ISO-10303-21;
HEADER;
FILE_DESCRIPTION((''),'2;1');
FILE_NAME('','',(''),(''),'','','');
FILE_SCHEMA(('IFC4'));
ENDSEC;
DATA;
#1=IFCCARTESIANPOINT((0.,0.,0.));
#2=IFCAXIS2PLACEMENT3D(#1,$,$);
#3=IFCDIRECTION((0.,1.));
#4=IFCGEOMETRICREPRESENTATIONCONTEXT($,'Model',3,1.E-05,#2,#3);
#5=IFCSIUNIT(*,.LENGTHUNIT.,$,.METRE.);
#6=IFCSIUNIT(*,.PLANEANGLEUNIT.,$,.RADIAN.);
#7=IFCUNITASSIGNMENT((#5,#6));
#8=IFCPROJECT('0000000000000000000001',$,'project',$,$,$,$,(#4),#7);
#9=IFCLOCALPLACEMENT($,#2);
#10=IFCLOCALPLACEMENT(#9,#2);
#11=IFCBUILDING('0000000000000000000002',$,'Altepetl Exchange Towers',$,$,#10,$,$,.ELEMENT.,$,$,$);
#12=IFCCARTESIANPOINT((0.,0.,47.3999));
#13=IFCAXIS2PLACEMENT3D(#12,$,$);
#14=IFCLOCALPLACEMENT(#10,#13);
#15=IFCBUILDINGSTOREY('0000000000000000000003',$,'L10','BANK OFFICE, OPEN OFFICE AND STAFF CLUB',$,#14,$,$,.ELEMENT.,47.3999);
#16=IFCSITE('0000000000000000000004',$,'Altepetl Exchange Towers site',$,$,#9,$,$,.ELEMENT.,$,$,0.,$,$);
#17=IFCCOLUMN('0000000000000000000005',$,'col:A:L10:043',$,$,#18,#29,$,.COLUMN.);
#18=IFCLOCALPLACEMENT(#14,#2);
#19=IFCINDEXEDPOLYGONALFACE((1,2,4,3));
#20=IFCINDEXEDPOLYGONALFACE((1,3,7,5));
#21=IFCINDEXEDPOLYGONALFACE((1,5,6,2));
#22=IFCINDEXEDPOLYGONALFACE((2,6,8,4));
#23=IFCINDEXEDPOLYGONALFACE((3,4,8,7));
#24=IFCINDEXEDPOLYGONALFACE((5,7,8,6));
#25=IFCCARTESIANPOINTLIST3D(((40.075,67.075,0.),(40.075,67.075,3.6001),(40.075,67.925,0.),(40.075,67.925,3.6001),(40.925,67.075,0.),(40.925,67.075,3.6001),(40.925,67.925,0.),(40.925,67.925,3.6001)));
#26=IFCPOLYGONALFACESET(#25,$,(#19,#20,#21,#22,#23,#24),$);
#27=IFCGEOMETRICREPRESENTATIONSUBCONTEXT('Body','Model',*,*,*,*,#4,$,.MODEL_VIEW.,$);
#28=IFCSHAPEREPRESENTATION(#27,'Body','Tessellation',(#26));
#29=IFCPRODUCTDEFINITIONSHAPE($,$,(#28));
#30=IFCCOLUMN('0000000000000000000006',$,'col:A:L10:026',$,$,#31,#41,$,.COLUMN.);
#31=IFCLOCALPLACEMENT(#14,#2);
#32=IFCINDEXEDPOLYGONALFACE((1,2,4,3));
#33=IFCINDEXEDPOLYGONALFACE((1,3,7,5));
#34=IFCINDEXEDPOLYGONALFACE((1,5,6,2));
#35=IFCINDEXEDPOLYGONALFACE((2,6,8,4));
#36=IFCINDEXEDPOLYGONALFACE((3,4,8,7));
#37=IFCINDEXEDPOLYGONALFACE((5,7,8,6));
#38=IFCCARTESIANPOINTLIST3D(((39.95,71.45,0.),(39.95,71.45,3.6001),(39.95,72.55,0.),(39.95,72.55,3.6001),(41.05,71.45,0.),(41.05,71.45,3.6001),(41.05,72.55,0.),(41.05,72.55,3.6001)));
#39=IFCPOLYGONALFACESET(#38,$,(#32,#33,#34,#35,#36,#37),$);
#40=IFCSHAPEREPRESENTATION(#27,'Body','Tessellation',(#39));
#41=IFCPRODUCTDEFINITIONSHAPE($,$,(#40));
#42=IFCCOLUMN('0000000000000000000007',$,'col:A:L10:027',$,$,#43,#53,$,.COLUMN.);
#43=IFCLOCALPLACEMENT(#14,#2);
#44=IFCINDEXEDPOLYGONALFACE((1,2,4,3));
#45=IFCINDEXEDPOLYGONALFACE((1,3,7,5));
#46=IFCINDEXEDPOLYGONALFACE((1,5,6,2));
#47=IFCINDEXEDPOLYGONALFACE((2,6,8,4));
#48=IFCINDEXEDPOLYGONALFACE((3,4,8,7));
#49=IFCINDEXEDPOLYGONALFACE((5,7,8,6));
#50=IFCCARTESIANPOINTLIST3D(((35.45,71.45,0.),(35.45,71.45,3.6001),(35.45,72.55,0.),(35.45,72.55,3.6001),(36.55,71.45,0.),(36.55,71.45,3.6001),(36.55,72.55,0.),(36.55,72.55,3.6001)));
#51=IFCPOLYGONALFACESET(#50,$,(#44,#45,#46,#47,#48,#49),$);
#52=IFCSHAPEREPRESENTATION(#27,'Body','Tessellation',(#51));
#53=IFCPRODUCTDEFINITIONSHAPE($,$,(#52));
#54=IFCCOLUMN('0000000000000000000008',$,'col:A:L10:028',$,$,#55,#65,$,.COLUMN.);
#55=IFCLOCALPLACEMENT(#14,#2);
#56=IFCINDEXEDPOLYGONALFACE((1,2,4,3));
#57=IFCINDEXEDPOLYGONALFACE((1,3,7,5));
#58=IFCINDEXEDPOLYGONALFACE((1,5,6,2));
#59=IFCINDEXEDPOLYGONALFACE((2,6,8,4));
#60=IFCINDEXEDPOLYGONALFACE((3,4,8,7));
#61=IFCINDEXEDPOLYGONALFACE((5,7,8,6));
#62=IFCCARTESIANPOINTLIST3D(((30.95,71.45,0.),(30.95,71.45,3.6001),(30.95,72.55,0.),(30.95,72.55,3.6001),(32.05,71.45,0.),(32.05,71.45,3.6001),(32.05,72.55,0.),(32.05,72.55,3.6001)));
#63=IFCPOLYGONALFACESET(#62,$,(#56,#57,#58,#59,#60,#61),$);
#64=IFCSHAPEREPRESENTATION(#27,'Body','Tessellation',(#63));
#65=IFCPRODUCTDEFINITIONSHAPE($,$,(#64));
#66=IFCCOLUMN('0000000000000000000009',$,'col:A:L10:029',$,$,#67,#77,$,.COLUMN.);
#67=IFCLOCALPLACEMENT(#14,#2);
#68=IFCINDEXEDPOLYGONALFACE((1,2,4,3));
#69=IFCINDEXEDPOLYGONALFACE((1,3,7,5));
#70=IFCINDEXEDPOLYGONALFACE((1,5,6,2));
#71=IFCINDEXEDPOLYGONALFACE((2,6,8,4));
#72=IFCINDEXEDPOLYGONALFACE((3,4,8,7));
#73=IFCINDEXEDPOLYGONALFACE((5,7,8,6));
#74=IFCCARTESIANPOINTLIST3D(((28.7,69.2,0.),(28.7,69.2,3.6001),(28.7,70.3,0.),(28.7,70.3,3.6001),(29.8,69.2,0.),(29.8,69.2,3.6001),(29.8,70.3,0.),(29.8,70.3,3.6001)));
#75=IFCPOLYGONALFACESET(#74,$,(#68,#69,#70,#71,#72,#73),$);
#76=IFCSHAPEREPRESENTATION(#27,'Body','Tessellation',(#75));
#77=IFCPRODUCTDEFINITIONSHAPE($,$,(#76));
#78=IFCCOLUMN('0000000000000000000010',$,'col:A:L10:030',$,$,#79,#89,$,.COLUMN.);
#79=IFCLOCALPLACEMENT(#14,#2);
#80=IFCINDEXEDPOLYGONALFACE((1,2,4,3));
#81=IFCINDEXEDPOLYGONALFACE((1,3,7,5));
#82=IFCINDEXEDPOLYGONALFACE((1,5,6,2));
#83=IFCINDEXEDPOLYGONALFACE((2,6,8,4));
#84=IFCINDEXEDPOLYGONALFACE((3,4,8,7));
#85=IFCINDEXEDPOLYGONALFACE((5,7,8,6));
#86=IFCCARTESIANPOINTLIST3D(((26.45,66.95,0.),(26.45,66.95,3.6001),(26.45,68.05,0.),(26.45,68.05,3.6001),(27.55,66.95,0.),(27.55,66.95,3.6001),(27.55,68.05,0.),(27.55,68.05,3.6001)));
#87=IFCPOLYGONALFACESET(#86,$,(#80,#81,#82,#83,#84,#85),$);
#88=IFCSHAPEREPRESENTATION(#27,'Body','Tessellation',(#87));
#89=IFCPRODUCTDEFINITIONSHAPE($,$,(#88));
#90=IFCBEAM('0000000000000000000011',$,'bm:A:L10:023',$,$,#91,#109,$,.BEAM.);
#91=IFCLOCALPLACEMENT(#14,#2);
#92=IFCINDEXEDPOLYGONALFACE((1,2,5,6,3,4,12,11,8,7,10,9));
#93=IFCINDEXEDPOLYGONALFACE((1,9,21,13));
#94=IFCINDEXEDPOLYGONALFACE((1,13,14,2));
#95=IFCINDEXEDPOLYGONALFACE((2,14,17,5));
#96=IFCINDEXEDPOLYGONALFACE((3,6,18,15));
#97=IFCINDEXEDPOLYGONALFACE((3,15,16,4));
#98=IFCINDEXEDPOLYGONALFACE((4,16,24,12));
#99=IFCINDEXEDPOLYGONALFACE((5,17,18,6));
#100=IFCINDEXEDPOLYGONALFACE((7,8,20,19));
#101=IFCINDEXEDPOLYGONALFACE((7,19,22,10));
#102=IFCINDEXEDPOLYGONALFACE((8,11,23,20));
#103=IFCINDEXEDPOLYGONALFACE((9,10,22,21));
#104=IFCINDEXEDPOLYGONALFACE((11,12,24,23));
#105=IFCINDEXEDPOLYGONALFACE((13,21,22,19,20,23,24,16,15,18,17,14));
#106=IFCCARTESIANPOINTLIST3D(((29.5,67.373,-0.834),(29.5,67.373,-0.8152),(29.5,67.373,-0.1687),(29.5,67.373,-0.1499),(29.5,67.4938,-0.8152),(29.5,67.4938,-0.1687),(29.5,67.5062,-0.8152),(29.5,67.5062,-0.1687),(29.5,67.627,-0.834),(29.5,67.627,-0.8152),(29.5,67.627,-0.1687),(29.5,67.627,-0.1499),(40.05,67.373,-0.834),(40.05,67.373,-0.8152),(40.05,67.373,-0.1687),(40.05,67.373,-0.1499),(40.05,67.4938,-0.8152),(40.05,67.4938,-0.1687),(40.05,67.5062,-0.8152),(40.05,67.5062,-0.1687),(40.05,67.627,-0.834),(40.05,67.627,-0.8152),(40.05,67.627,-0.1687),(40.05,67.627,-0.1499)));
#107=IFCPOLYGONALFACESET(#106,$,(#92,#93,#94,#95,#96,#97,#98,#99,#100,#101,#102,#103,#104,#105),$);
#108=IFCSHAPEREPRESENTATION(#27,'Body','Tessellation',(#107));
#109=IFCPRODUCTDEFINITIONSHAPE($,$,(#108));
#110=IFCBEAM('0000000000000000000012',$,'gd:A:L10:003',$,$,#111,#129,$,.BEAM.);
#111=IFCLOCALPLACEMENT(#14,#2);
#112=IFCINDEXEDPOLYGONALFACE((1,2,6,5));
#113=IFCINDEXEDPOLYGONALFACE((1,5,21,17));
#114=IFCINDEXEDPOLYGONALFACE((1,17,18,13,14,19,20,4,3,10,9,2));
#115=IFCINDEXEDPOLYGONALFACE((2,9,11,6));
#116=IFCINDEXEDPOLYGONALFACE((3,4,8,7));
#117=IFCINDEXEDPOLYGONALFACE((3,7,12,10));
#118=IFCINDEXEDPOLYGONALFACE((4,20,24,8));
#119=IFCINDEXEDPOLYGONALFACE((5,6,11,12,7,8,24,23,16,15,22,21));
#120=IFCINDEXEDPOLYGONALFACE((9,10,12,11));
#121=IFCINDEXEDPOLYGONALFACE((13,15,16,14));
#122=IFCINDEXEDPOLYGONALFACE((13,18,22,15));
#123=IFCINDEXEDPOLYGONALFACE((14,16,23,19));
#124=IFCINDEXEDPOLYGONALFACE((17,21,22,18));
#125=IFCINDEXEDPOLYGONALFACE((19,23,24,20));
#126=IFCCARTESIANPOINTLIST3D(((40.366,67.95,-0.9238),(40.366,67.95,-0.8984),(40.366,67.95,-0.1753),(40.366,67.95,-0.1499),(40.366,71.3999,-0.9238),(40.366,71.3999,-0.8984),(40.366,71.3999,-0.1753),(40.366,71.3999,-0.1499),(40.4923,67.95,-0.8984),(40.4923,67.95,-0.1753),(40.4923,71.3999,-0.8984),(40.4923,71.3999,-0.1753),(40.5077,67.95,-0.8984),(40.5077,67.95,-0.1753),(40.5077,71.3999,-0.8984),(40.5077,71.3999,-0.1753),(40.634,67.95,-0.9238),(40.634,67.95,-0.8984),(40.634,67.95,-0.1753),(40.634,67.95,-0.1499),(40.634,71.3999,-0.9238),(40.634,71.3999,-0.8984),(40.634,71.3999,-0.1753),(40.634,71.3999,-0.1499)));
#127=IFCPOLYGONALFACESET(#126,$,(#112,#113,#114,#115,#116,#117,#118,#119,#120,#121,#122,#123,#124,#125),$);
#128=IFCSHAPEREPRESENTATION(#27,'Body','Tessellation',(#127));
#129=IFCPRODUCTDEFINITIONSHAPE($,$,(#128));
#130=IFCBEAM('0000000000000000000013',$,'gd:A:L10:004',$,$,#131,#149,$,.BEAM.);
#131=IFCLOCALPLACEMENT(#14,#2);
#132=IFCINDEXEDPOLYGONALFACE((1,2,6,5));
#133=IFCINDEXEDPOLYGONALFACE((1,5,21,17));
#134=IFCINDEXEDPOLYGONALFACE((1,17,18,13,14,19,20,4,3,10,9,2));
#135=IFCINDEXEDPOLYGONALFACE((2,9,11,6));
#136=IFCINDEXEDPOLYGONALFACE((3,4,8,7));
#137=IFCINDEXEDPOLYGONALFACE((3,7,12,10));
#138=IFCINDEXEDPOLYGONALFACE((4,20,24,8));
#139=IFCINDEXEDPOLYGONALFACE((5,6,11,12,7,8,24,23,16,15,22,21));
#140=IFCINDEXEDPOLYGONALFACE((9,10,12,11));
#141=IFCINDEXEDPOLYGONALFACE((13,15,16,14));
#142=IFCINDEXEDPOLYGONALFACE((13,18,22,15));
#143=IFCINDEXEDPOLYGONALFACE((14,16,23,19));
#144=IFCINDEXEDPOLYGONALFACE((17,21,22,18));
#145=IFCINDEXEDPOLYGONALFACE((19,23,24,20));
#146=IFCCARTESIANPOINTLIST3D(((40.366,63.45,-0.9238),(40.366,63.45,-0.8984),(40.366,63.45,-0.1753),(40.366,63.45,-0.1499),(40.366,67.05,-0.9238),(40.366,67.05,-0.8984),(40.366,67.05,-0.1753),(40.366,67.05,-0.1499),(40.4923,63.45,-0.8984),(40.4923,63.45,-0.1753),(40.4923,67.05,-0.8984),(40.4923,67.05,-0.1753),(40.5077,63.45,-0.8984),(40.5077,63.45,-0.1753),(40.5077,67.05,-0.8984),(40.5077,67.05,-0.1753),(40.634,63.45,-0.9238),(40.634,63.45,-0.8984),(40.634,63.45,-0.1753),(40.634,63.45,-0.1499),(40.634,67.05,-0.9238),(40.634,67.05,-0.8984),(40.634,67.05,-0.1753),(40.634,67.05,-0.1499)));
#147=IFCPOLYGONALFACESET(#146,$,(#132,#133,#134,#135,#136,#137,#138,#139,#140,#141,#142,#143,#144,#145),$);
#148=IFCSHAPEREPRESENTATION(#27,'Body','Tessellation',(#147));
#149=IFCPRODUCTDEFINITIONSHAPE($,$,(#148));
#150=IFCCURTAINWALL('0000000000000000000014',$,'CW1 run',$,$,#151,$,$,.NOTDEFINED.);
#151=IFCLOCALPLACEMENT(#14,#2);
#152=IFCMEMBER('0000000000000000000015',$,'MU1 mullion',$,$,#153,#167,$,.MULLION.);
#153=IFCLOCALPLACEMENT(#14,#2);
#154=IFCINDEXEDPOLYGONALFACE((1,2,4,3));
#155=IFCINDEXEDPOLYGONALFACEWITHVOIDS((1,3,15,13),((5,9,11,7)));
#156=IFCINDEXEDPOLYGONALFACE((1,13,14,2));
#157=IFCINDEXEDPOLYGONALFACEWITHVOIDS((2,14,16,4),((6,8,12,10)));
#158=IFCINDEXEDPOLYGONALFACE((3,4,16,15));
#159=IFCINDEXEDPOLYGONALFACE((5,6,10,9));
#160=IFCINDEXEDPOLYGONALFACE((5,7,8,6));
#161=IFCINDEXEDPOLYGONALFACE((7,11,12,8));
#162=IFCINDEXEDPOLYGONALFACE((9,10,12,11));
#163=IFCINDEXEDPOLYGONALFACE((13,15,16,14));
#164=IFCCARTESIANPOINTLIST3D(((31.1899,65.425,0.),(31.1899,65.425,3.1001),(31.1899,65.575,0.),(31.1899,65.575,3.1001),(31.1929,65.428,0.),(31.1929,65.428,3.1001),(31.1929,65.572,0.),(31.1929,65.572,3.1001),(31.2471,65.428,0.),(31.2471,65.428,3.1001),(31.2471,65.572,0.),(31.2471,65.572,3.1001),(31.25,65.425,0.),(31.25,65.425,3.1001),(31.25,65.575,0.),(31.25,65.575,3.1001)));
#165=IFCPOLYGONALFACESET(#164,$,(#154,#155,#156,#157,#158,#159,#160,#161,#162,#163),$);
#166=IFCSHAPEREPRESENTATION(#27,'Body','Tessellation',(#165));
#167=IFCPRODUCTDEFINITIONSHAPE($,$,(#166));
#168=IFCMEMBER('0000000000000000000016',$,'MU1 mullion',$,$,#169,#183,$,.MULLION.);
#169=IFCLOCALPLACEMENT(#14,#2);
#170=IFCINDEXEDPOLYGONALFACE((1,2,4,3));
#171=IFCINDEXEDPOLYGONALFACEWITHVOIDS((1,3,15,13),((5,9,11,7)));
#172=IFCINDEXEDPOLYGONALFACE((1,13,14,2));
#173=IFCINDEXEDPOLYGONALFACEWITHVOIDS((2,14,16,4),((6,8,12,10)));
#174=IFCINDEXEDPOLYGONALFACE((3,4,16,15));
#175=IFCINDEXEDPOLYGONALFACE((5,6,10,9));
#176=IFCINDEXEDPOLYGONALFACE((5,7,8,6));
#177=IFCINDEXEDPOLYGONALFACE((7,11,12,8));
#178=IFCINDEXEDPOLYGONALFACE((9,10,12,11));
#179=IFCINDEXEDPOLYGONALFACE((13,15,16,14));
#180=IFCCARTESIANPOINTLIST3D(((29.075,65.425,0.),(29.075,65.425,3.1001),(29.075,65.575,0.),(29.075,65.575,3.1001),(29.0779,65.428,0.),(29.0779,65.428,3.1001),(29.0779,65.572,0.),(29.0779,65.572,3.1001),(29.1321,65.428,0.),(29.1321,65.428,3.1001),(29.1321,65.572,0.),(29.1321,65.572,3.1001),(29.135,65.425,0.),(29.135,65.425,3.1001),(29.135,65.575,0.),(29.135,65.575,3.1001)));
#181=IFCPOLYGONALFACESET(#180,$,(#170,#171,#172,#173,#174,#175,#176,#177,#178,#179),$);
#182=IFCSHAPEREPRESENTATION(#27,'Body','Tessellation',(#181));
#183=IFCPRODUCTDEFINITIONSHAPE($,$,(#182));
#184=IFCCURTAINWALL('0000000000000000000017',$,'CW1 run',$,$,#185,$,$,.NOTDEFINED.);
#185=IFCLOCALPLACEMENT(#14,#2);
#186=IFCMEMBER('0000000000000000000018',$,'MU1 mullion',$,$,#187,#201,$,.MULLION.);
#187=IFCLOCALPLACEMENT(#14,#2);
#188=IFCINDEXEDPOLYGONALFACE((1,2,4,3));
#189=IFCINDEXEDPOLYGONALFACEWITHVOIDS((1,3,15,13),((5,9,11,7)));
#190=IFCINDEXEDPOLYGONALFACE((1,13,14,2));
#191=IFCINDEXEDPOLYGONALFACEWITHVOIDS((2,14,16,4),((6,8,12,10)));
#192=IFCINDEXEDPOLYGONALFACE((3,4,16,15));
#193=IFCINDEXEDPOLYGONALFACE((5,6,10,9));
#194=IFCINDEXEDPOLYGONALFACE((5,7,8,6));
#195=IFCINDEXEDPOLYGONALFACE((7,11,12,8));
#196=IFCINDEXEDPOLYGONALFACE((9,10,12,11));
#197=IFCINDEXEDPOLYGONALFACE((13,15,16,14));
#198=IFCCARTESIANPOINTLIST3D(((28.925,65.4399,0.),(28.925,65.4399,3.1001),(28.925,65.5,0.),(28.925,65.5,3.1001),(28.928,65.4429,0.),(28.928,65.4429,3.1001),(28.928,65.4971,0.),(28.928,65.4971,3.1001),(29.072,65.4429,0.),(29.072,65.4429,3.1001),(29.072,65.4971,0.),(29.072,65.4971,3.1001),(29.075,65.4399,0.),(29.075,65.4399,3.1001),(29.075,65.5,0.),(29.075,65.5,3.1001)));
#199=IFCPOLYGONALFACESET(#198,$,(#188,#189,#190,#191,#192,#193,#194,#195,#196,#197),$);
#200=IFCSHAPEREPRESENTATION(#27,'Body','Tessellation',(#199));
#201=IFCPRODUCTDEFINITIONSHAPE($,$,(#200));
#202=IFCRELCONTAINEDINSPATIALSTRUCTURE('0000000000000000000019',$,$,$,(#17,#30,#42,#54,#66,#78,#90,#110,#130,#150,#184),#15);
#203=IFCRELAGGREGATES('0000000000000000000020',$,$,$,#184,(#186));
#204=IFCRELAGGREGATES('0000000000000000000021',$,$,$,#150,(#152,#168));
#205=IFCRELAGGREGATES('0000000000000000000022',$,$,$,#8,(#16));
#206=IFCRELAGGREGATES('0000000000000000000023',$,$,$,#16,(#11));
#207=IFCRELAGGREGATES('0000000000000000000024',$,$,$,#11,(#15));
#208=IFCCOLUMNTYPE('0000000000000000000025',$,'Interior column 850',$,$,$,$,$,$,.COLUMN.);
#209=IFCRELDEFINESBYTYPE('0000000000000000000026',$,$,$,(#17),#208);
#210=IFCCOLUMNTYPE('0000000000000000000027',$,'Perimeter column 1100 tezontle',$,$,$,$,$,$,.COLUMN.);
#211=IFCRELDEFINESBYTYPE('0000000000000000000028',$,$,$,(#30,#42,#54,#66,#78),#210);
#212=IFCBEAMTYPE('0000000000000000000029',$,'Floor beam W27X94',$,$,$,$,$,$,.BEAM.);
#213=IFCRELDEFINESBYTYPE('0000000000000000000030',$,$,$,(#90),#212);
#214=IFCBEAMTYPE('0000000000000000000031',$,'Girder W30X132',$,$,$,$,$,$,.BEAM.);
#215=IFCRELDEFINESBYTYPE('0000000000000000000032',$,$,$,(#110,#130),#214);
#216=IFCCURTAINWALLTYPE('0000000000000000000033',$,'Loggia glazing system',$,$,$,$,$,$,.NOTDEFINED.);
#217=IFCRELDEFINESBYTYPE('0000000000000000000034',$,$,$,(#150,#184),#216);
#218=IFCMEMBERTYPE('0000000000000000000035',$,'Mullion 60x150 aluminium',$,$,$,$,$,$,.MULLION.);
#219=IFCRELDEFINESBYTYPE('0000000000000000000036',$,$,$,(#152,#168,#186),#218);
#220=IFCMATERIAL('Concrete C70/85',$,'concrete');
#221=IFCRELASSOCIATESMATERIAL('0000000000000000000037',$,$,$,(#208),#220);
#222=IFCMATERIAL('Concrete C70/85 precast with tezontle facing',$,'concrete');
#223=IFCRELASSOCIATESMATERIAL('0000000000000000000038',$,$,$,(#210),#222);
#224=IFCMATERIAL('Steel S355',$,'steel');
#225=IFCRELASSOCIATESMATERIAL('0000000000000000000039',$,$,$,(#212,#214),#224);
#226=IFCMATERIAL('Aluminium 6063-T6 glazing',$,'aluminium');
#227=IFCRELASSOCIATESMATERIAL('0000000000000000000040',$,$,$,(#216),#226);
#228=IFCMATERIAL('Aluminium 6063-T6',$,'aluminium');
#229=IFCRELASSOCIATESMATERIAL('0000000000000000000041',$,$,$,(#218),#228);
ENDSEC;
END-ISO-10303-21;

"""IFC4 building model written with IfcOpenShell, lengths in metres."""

from ifc_helpers import new_model, si_unit, direction, frame, origin, origin_2d, place, context, subcontext, project, spatial, rectangle, hollow_rectangle, i_section, extrude, material, material_profile, profile_set, type_object, element, aggregate, save


model = new_model("IFC4")

# Units and contexts
model_context = context("Model", 3, precision=1e-05, world=origin(), true_north=direction((0.0, 1.0)))
body_context = subcontext(model_context, "Body", "Model", "MODEL_VIEW")
ifc_project = project(units=[si_unit("LENGTHUNIT", "METRE"), si_unit("PLANEANGLEUNIT", "RADIAN")], contexts=[model_context])

# Site, building, storey
site_placement = place(None, origin())
site = spatial("IfcSite", under=ifc_project, at=site_placement, Name="Altepetl Exchange Towers site", CompositionType="ELEMENT", RefElevation=0.0)
building_placement = place(site_placement, origin())
building = spatial("IfcBuilding", under=site, at=building_placement, Name="Altepetl Exchange Towers", CompositionType="ELEMENT")
storey_placement = place(building_placement, frame((0.0, 0.0, 47.3999)))
storey = spatial("IfcBuildingStorey", under=building, at=storey_placement, Name="L10", Description="BANK OFFICE, OPEN OFFICE AND STAFF CLUB", CompositionType="ELEMENT", Elevation=47.3999)

# Columns
ifc_material_1 = material(Name="Concrete C70/85", Category="concrete")
ifc_material_profile_1 = material_profile(ifc_material_1, rectangle(XDim=0.8501, YDim=0.8501, at=origin_2d()), Name="850 x 850")
ifc_profile_set_1 = profile_set([ifc_material_profile_1], Name="Concrete C70/85")
column_type_1 = type_object("IfcColumnType", Name="Interior column 850", PredefinedType="COLUMN", material=ifc_profile_set_1)
column_placement = place(storey_placement, frame((40.5, 67.5, 0.0)))
element("IfcColumn", 1, at=column_placement, inside=storey, type_object=column_type_1, Name="col:A:L10:043", PredefinedType="COLUMN", context=body_context, shape_type="SweptSolid", body=[
    extrude(rectangle(XDim=0.8501, YDim=0.8501, at=origin_2d()), origin(), (0.0, 0.0, 1.0), 3.6001),
])
ifc_material_2 = material(Name="Concrete C70/85 precast with tezontle facing", Category="concrete")
ifc_material_profile_2 = material_profile(ifc_material_2, rectangle(XDim=1.1001, YDim=1.1001, at=origin_2d()), Name="1100 x 1100")
ifc_profile_set_2 = profile_set([ifc_material_profile_2], Name="Concrete C70/85 precast with tezontle facing")
column_type_2 = type_object("IfcColumnType", Name="Perimeter column 1100 tezontle", PredefinedType="COLUMN", material=ifc_profile_set_2)
for number, where, name in (
    (2, (40.5, 72.0, 0.0), "col:A:L10:026"),
    (3, (36.0, 72.0, 0.0), "col:A:L10:027"),
    (4, (31.5, 72.0, 0.0), "col:A:L10:028"),
    (5, (29.25, 69.75, 0.0), "col:A:L10:029"),
    (6, (27.0, 67.5, 0.0), "col:A:L10:030"),
):
    element("IfcColumn", number, at=place(storey_placement, frame(where)), inside=storey, type_object=column_type_2, Name=name, PredefinedType="COLUMN", context=body_context, shape_type="SweptSolid", body=[
        extrude(rectangle(XDim=1.1001, YDim=1.1001, at=origin_2d()), origin(), (0.0, 0.0, 1.0), 3.6001),
    ])

# Beams
ifc_material_3 = material(Name="Steel S355", Category="steel")
ifc_material_profile_3 = material_profile(ifc_material_3, i_section(OverallWidth=0.2539, OverallDepth=0.6841, WebThickness=0.0125, FlangeThickness=0.0188, at=origin_2d()), Name="W27X94")
ifc_profile_set_3 = profile_set([ifc_material_profile_3], Name="Steel S355")
beam_type_1 = type_object("IfcBeamType", Name="Floor beam W27X94", PredefinedType="BEAM", material=ifc_profile_set_3)
beam_1_placement = place(storey_placement, frame((29.5, 67.5, -0.4919), z_axis=(1.0, 0.0, 0.0), x_axis=(0.0, 1.0, 0.0)))
element("IfcBeam", 7, at=beam_1_placement, inside=storey, type_object=beam_type_1, Name="bm:A:L10:023", PredefinedType="BEAM", context=body_context, shape_type="SweptSolid", body=[
    extrude(i_section(OverallWidth=0.2539, OverallDepth=0.6841, WebThickness=0.0125, FlangeThickness=0.0188, at=origin_2d()), origin(), (0.0, 0.0, 1.0), 10.55),
])
ifc_material_profile_4 = material_profile(ifc_material_3, i_section(OverallWidth=0.2681, OverallDepth=0.7739, WebThickness=0.0154, FlangeThickness=0.0254, at=origin_2d()), Name="W30X132")
ifc_profile_set_4 = profile_set([ifc_material_profile_4], Name="Steel S355")
beam_type_2 = type_object("IfcBeamType", Name="Girder W30X132", PredefinedType="BEAM", material=ifc_profile_set_4)
beam_2_placement = place(storey_placement, frame((40.5, 71.3999, -0.5369), z_axis=(0.0, -1.0, 0.0), x_axis=(1.0, 0.0, 0.0)))
element("IfcBeam", 8, at=beam_2_placement, inside=storey, type_object=beam_type_2, Name="gd:A:L10:003", PredefinedType="BEAM", context=body_context, shape_type="SweptSolid", body=[
    extrude(i_section(OverallWidth=0.2681, OverallDepth=0.7739, WebThickness=0.0154, FlangeThickness=0.0254, at=origin_2d()), origin(), (0.0, 0.0, 1.0), 3.45),
])
beam_3_placement = place(storey_placement, frame((40.5, 67.05, -0.5369), z_axis=(0.0, -1.0, 0.0), x_axis=(1.0, 0.0, 0.0)))
element("IfcBeam", 9, at=beam_3_placement, inside=storey, type_object=beam_type_2, Name="gd:A:L10:004", PredefinedType="BEAM", context=body_context, shape_type="SweptSolid", body=[
    extrude(i_section(OverallWidth=0.2681, OverallDepth=0.7739, WebThickness=0.0154, FlangeThickness=0.0254, at=origin_2d()), origin(), (0.0, 0.0, 1.0), 3.6001),
])

# Curtain wall, members
ifc_material_4 = material(Name="Aluminium 6063-T6 glazing", Category="aluminium")
curtain_wall_type = type_object("IfcCurtainWallType", Name="Loggia glazing system", PredefinedType="NOTDEFINED", material=ifc_material_4)
curtain_wall_1_placement = place(storey_placement, origin())
curtain_wall_1 = element("IfcCurtainWall", 10, at=curtain_wall_1_placement, inside=storey, type_object=curtain_wall_type, Name="CW1 run", PredefinedType="NOTDEFINED")
ifc_material_5 = material(Name="Aluminium 6063-T6", Category="aluminium")
ifc_material_profile_5 = material_profile(ifc_material_5, hollow_rectangle(XDim=0.0601, YDim=0.1499, WallThickness=0.0029, at=origin_2d()), Name="Mullion 60x150 aluminium")
ifc_profile_set_5 = profile_set([ifc_material_profile_5], Name="Aluminium 6063-T6")
member_type = type_object("IfcMemberType", Name="Mullion 60x150 aluminium", PredefinedType="MULLION", material=ifc_profile_set_5)
member_1_placement = place(storey_placement, frame((31.22, 65.5, 0.0), z_axis=(0.0, 0.0, 1.0), x_axis=(-1.0, 0.0, 0.0)))
member_1 = element("IfcMember", 11, at=member_1_placement, type_object=member_type, Name="MU1 mullion", PredefinedType="MULLION", context=body_context, shape_type="SweptSolid", body=[
    extrude(hollow_rectangle(XDim=0.0601, YDim=0.1499, WallThickness=0.0029, at=origin_2d()), origin(), (0.0, 0.0, 1.0), 3.1001),
])
member_2_placement = place(storey_placement, frame((29.105, 65.5, 0.0), z_axis=(0.0, 0.0, 1.0), x_axis=(-1.0, 0.0, 0.0)))
member_2 = element("IfcMember", 12, at=member_2_placement, type_object=member_type, Name="MU1 mullion", PredefinedType="MULLION", context=body_context, shape_type="SweptSolid", body=[
    extrude(hollow_rectangle(XDim=0.0601, YDim=0.1499, WallThickness=0.0029, at=origin_2d()), origin(), (0.0, 0.0, 1.0), 3.1001),
])

# Curtain wall, member
curtain_wall_2_placement = place(storey_placement, origin())
curtain_wall_2 = element("IfcCurtainWall", 13, at=curtain_wall_2_placement, inside=storey, type_object=curtain_wall_type, Name="CW1 run", PredefinedType="NOTDEFINED")
member_3_placement = place(storey_placement, frame((29.0, 65.47, 0.0), z_axis=(0.0, 0.0, 1.0), x_axis=(0.0, -1.0, 0.0)))
member_3 = element("IfcMember", 14, at=member_3_placement, type_object=member_type, Name="MU1 mullion", PredefinedType="MULLION", context=body_context, shape_type="SweptSolid", body=[
    extrude(hollow_rectangle(XDim=0.0601, YDim=0.1499, WallThickness=0.0029, at=origin_2d()), origin(), (0.0, 0.0, 1.0), 3.1001),
])
aggregate(curtain_wall_2, [member_3])

aggregate(curtain_wall_1, [member_1, member_2])

save(model, "model.ifc")
